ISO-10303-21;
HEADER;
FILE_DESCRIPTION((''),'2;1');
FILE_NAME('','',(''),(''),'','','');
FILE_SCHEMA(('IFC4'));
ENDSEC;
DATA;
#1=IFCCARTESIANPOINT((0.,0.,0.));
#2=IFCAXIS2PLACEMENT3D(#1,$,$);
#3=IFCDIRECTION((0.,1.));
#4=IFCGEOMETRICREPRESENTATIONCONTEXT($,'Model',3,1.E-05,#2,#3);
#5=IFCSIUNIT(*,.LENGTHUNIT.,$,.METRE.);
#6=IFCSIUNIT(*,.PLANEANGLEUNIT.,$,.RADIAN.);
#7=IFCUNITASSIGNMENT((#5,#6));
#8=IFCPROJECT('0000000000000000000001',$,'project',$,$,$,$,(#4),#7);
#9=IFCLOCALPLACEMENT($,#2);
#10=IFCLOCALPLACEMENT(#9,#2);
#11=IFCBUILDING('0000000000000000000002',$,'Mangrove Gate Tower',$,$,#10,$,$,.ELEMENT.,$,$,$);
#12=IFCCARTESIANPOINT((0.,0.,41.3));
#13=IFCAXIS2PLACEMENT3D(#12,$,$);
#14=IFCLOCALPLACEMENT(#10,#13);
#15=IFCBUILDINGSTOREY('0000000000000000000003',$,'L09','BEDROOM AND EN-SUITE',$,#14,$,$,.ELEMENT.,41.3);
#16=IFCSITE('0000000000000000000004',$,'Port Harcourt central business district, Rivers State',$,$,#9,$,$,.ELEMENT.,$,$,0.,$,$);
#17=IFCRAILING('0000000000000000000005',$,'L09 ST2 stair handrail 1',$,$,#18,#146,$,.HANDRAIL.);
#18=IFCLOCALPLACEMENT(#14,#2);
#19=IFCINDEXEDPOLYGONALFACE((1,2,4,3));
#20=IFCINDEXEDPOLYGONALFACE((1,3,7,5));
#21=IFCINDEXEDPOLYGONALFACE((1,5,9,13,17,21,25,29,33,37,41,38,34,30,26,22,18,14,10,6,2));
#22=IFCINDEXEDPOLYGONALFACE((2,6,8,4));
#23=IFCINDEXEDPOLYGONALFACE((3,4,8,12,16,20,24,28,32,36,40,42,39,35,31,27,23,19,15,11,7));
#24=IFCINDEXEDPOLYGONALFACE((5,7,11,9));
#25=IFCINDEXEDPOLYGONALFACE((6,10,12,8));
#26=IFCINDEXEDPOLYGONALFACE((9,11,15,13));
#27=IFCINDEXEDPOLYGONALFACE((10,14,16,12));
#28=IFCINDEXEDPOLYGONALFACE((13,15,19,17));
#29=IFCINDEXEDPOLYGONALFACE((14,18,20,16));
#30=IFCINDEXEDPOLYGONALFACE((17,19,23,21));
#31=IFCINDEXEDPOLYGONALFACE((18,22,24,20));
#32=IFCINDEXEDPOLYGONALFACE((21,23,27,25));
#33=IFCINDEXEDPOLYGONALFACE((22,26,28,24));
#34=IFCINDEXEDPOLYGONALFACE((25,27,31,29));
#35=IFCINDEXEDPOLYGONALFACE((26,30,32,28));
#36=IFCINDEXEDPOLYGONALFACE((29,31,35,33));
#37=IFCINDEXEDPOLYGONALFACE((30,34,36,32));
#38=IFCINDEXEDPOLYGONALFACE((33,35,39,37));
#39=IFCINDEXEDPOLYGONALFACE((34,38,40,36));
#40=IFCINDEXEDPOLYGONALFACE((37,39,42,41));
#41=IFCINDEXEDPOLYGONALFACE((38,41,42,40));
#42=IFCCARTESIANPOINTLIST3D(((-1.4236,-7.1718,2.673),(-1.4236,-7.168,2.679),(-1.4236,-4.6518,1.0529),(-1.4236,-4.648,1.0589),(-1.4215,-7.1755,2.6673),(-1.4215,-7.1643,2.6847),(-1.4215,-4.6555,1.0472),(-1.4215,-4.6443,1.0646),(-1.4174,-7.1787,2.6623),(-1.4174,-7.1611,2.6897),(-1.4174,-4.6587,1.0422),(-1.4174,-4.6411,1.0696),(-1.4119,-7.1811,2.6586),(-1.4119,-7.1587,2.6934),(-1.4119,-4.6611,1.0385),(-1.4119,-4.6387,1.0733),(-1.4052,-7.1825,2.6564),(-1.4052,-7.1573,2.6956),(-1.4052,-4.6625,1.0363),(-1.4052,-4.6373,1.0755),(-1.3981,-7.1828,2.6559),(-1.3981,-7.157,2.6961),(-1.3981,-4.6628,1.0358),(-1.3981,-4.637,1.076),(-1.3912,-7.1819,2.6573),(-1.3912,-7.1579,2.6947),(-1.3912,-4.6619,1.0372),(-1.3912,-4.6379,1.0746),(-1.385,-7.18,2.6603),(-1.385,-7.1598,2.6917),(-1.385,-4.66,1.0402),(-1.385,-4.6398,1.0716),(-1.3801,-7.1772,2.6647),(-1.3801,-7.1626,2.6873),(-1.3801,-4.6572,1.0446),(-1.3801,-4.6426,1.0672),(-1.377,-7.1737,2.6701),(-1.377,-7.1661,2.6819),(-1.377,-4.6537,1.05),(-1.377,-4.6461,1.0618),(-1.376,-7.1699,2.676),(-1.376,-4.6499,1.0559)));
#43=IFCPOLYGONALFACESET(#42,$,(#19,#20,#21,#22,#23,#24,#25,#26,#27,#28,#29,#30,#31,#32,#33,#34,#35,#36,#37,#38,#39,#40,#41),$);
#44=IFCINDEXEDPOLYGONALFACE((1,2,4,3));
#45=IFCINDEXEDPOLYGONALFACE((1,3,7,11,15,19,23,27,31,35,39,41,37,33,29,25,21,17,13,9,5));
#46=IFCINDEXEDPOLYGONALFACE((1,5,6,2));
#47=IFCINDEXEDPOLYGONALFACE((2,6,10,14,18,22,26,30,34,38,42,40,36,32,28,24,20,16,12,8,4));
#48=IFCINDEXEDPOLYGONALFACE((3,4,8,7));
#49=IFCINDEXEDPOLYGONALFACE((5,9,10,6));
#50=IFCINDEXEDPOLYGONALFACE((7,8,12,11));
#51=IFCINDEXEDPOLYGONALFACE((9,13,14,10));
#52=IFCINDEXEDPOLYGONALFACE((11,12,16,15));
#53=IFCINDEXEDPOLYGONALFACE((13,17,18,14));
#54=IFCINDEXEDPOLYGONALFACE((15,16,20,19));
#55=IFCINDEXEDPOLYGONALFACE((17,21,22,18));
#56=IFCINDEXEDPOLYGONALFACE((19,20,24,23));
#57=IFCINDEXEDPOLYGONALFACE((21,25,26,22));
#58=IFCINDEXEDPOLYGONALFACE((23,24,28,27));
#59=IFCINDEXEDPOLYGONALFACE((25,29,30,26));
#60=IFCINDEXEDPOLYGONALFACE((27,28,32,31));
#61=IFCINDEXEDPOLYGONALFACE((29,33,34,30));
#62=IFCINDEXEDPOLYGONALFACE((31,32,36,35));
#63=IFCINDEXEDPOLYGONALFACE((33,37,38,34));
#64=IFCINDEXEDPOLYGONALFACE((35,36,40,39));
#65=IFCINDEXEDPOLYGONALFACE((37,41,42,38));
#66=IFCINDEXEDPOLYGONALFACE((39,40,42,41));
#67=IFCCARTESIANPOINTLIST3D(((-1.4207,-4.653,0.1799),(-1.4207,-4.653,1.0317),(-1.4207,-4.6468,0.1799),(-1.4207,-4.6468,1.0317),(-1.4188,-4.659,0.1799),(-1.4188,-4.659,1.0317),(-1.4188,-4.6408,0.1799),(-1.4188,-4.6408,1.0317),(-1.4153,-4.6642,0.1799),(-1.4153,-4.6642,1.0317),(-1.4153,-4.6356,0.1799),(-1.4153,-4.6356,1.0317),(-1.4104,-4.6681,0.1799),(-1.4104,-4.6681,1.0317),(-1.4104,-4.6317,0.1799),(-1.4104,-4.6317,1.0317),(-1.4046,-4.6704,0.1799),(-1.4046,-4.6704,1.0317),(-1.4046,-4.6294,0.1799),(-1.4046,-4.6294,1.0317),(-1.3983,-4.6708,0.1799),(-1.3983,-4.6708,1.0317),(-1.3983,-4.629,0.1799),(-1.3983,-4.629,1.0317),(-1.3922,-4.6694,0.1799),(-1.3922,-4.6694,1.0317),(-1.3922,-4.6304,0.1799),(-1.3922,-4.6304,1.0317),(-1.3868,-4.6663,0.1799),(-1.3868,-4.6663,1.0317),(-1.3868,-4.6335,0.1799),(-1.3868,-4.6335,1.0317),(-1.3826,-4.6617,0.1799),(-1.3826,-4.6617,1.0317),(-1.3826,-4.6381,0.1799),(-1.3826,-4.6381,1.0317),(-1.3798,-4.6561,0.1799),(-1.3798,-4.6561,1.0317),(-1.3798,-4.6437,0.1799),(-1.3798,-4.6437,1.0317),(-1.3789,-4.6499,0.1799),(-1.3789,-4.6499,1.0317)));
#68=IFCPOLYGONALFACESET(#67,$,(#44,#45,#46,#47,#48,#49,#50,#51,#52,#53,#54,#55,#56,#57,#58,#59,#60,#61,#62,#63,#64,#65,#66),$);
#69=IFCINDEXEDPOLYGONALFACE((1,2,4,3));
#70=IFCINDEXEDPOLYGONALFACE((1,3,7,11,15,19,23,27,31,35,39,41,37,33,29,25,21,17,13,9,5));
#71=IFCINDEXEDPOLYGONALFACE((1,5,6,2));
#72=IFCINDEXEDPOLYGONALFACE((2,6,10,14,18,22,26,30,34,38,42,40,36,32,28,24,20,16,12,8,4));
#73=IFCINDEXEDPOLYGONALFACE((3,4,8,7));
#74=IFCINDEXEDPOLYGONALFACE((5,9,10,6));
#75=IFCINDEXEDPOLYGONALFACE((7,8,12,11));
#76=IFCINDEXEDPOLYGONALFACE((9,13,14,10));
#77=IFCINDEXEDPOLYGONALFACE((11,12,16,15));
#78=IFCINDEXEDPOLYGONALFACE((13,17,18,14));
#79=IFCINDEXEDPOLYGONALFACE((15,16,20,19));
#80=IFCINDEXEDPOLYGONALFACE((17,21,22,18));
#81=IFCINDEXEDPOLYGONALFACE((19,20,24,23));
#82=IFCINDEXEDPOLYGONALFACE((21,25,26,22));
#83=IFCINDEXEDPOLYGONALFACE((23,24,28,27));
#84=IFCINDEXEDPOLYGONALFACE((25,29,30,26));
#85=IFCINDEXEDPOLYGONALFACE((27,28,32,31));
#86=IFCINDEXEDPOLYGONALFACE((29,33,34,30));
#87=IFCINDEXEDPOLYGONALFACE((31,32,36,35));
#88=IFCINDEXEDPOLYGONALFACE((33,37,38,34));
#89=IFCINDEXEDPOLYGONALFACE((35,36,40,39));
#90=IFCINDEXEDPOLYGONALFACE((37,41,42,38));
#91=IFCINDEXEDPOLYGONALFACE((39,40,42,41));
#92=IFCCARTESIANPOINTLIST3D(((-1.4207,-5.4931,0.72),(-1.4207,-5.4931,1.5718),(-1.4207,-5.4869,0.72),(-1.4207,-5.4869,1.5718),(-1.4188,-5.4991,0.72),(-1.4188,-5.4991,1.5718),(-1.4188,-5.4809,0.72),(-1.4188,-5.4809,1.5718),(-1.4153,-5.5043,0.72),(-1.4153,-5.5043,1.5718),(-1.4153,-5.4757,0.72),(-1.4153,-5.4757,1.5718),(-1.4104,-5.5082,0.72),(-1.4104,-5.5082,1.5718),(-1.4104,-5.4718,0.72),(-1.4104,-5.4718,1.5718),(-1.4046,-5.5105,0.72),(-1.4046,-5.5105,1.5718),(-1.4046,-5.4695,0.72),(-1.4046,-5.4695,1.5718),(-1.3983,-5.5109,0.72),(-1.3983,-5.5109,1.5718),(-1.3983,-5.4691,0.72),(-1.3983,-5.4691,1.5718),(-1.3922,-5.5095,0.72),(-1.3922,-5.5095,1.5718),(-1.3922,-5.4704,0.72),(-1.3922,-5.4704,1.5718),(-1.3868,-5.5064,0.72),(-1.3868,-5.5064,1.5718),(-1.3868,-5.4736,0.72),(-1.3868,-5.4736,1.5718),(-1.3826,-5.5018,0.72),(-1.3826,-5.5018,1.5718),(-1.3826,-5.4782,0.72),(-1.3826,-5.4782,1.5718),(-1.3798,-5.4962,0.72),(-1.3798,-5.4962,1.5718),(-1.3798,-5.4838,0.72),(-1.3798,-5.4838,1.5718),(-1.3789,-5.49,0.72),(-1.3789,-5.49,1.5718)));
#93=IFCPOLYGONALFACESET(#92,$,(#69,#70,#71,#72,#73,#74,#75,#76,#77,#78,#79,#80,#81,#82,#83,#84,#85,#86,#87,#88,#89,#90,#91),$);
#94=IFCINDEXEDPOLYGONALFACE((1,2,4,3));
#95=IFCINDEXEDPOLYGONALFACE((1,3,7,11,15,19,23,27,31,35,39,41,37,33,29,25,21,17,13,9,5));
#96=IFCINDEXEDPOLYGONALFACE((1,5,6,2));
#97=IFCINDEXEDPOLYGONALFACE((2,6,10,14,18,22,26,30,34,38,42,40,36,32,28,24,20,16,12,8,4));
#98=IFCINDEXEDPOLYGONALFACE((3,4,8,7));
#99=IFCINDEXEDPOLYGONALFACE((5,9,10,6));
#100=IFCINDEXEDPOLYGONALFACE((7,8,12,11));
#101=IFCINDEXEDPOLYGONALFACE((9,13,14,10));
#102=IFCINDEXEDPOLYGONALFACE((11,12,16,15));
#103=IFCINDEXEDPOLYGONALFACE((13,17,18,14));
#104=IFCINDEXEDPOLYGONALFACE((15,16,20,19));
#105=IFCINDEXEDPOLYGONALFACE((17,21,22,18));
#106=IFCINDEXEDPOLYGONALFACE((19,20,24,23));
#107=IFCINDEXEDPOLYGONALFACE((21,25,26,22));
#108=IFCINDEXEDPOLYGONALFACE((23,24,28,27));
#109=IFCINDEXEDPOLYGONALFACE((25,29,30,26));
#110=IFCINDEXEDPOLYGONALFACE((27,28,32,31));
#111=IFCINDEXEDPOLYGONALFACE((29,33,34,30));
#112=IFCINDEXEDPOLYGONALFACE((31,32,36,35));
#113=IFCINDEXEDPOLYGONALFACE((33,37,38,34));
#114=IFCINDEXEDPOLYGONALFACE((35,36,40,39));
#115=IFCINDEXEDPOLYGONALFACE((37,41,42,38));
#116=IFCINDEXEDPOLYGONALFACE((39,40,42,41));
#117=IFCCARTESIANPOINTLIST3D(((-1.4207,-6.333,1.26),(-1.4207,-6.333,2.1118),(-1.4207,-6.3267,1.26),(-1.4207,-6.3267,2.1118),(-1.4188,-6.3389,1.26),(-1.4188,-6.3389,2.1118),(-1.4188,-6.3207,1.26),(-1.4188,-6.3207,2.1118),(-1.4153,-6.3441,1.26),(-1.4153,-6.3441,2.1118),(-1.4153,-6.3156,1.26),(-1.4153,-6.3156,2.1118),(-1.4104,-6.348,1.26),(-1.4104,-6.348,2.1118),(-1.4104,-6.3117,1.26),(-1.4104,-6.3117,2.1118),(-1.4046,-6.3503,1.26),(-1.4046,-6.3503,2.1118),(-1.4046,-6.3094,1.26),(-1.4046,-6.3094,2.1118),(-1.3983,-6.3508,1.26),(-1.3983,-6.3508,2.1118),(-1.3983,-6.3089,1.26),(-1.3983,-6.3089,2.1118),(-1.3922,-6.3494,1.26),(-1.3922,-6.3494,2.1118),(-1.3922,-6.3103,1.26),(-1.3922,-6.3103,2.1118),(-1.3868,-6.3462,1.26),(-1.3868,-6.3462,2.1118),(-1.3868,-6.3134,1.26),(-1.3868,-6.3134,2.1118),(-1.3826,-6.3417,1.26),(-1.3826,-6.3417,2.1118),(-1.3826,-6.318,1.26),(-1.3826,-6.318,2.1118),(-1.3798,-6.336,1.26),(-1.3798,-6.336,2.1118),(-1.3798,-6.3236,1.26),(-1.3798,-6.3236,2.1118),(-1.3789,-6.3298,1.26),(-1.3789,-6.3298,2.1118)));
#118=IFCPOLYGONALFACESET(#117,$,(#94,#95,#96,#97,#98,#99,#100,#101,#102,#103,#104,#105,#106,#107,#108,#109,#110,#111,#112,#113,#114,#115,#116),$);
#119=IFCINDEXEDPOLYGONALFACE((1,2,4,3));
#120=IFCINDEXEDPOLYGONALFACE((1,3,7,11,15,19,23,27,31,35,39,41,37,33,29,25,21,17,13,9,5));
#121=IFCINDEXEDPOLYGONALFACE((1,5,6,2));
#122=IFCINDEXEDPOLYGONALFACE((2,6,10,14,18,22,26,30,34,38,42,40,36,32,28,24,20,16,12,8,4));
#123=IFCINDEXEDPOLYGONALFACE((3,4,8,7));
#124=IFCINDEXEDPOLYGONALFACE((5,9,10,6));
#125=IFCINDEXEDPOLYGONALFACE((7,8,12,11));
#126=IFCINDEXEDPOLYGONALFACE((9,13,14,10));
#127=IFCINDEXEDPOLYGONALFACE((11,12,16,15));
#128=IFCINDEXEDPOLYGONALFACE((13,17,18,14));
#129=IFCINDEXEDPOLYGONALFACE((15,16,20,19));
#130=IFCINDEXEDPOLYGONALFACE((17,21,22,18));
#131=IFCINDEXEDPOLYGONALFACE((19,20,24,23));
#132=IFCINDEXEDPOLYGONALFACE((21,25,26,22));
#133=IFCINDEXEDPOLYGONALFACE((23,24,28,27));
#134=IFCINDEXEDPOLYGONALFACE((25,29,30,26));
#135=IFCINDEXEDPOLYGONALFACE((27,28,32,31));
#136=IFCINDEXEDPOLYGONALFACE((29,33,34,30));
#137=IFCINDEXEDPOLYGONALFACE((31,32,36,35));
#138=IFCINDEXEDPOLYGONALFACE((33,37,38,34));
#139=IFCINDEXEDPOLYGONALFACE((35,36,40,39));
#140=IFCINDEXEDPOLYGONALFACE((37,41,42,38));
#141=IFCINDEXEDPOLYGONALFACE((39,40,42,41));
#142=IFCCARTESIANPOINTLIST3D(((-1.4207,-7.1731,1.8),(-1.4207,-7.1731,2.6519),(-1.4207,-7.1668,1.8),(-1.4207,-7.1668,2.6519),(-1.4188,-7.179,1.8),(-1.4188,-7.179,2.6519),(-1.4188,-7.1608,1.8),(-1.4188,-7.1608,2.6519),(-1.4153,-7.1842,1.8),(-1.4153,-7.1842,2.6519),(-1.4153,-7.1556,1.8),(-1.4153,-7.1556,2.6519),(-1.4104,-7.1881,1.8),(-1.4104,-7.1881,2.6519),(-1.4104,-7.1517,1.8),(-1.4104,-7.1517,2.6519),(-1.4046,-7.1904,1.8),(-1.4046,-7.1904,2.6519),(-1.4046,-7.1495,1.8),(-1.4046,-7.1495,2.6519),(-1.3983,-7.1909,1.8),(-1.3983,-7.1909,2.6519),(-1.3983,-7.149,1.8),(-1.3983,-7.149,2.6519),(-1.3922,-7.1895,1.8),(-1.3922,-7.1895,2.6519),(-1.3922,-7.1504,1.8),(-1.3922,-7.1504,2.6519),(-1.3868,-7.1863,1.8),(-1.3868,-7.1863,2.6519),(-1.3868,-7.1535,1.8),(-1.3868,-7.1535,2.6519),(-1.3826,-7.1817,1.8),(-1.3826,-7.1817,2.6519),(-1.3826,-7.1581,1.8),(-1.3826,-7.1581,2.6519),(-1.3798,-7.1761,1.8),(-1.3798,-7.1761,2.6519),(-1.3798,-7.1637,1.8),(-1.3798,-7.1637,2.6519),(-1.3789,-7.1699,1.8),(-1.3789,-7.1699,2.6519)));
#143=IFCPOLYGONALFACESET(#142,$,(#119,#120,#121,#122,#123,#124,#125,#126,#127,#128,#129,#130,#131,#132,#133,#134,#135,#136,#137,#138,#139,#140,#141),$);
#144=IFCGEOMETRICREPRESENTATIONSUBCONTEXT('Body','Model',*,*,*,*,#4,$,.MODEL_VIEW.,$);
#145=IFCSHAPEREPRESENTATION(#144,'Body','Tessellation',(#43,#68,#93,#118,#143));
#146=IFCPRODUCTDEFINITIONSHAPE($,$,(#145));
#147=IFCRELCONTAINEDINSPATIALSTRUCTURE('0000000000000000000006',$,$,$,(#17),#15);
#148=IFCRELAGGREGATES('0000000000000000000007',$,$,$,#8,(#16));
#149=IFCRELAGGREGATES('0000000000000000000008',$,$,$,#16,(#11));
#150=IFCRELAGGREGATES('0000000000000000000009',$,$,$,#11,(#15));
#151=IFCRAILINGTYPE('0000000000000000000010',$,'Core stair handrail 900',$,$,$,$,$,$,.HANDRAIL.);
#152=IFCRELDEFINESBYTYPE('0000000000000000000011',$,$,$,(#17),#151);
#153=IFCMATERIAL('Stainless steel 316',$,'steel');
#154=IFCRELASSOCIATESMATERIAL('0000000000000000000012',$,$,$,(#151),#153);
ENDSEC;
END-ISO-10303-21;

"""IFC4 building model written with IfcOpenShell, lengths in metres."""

from ifc_helpers import new_model, si_unit, direction, frame, origin, origin_2d, place, context, subcontext, project, spatial, circle, extrude, material, type_object, element, save


model = new_model("IFC4")

# Units and contexts
model_context = context("Model", 3, precision=1e-05, world=origin(), true_north=direction((0.0, 1.0)))
body_context = subcontext(model_context, "Body", "Model", "MODEL_VIEW")
ifc_project = project(units=[si_unit("LENGTHUNIT", "METRE"), si_unit("PLANEANGLEUNIT", "RADIAN")], contexts=[model_context])

# Site, building, storey
site_placement = place(None, origin())
site = spatial("IfcSite", under=ifc_project, at=site_placement, Name="Port Harcourt central business district, Rivers State", CompositionType="ELEMENT", RefElevation=0.0)
building_placement = place(site_placement, origin())
building = spatial("IfcBuilding", under=site, at=building_placement, Name="Mangrove Gate Tower", CompositionType="ELEMENT")
storey_placement = place(building_placement, frame((0.0, 0.0, 41.3)))
storey = spatial("IfcBuildingStorey", under=building, at=storey_placement, Name="L09", Description="BEDROOM AND EN-SUITE", CompositionType="ELEMENT", Elevation=41.3)

# Railing
ifc_material_1 = material(Name="Stainless steel 316", Category="steel")
railing_type_1 = type_object("IfcRailingType", Name="Core stair handrail 900", PredefinedType="HANDRAIL", material=ifc_material_1)
railing_1_placement = place(storey_placement, frame((-1.3999, -4.6499, 0.1799)))
element("IfcRailing", 1, at=railing_1_placement, inside=storey, type_object=railing_type_1, Name="L09 ST2 stair handrail 1", PredefinedType="HANDRAIL", context=body_context, shape_type="SweptSolid", body=[
    extrude(circle(Radius=0.0239, at=origin_2d()), frame((0.0, 0.0, 0.876), z_axis=(0.0, -0.841163, 0.540782), x_axis=(1.0, 0.0, 0.0)), (0.0, 0.0, 1.0), 2.9958),
    extrude(circle(Radius=0.021, at=origin_2d()), origin(), (0.0, 0.0, 1.0), 0.8518),
    extrude(circle(Radius=0.021, at=origin_2d()), frame((0.0, -0.8401, 0.54)), (0.0, 0.0, 1.0), 0.8518),
    extrude(circle(Radius=0.021, at=origin_2d()), frame((0.0, -1.6799, 1.0801)), (0.0, 0.0, 1.0), 0.8518),
    extrude(circle(Radius=0.021, at=origin_2d()), frame((0.0, -2.52, 1.6201)), (0.0, 0.0, 1.0), 0.8518),
])

save(model, "model.ifc")
